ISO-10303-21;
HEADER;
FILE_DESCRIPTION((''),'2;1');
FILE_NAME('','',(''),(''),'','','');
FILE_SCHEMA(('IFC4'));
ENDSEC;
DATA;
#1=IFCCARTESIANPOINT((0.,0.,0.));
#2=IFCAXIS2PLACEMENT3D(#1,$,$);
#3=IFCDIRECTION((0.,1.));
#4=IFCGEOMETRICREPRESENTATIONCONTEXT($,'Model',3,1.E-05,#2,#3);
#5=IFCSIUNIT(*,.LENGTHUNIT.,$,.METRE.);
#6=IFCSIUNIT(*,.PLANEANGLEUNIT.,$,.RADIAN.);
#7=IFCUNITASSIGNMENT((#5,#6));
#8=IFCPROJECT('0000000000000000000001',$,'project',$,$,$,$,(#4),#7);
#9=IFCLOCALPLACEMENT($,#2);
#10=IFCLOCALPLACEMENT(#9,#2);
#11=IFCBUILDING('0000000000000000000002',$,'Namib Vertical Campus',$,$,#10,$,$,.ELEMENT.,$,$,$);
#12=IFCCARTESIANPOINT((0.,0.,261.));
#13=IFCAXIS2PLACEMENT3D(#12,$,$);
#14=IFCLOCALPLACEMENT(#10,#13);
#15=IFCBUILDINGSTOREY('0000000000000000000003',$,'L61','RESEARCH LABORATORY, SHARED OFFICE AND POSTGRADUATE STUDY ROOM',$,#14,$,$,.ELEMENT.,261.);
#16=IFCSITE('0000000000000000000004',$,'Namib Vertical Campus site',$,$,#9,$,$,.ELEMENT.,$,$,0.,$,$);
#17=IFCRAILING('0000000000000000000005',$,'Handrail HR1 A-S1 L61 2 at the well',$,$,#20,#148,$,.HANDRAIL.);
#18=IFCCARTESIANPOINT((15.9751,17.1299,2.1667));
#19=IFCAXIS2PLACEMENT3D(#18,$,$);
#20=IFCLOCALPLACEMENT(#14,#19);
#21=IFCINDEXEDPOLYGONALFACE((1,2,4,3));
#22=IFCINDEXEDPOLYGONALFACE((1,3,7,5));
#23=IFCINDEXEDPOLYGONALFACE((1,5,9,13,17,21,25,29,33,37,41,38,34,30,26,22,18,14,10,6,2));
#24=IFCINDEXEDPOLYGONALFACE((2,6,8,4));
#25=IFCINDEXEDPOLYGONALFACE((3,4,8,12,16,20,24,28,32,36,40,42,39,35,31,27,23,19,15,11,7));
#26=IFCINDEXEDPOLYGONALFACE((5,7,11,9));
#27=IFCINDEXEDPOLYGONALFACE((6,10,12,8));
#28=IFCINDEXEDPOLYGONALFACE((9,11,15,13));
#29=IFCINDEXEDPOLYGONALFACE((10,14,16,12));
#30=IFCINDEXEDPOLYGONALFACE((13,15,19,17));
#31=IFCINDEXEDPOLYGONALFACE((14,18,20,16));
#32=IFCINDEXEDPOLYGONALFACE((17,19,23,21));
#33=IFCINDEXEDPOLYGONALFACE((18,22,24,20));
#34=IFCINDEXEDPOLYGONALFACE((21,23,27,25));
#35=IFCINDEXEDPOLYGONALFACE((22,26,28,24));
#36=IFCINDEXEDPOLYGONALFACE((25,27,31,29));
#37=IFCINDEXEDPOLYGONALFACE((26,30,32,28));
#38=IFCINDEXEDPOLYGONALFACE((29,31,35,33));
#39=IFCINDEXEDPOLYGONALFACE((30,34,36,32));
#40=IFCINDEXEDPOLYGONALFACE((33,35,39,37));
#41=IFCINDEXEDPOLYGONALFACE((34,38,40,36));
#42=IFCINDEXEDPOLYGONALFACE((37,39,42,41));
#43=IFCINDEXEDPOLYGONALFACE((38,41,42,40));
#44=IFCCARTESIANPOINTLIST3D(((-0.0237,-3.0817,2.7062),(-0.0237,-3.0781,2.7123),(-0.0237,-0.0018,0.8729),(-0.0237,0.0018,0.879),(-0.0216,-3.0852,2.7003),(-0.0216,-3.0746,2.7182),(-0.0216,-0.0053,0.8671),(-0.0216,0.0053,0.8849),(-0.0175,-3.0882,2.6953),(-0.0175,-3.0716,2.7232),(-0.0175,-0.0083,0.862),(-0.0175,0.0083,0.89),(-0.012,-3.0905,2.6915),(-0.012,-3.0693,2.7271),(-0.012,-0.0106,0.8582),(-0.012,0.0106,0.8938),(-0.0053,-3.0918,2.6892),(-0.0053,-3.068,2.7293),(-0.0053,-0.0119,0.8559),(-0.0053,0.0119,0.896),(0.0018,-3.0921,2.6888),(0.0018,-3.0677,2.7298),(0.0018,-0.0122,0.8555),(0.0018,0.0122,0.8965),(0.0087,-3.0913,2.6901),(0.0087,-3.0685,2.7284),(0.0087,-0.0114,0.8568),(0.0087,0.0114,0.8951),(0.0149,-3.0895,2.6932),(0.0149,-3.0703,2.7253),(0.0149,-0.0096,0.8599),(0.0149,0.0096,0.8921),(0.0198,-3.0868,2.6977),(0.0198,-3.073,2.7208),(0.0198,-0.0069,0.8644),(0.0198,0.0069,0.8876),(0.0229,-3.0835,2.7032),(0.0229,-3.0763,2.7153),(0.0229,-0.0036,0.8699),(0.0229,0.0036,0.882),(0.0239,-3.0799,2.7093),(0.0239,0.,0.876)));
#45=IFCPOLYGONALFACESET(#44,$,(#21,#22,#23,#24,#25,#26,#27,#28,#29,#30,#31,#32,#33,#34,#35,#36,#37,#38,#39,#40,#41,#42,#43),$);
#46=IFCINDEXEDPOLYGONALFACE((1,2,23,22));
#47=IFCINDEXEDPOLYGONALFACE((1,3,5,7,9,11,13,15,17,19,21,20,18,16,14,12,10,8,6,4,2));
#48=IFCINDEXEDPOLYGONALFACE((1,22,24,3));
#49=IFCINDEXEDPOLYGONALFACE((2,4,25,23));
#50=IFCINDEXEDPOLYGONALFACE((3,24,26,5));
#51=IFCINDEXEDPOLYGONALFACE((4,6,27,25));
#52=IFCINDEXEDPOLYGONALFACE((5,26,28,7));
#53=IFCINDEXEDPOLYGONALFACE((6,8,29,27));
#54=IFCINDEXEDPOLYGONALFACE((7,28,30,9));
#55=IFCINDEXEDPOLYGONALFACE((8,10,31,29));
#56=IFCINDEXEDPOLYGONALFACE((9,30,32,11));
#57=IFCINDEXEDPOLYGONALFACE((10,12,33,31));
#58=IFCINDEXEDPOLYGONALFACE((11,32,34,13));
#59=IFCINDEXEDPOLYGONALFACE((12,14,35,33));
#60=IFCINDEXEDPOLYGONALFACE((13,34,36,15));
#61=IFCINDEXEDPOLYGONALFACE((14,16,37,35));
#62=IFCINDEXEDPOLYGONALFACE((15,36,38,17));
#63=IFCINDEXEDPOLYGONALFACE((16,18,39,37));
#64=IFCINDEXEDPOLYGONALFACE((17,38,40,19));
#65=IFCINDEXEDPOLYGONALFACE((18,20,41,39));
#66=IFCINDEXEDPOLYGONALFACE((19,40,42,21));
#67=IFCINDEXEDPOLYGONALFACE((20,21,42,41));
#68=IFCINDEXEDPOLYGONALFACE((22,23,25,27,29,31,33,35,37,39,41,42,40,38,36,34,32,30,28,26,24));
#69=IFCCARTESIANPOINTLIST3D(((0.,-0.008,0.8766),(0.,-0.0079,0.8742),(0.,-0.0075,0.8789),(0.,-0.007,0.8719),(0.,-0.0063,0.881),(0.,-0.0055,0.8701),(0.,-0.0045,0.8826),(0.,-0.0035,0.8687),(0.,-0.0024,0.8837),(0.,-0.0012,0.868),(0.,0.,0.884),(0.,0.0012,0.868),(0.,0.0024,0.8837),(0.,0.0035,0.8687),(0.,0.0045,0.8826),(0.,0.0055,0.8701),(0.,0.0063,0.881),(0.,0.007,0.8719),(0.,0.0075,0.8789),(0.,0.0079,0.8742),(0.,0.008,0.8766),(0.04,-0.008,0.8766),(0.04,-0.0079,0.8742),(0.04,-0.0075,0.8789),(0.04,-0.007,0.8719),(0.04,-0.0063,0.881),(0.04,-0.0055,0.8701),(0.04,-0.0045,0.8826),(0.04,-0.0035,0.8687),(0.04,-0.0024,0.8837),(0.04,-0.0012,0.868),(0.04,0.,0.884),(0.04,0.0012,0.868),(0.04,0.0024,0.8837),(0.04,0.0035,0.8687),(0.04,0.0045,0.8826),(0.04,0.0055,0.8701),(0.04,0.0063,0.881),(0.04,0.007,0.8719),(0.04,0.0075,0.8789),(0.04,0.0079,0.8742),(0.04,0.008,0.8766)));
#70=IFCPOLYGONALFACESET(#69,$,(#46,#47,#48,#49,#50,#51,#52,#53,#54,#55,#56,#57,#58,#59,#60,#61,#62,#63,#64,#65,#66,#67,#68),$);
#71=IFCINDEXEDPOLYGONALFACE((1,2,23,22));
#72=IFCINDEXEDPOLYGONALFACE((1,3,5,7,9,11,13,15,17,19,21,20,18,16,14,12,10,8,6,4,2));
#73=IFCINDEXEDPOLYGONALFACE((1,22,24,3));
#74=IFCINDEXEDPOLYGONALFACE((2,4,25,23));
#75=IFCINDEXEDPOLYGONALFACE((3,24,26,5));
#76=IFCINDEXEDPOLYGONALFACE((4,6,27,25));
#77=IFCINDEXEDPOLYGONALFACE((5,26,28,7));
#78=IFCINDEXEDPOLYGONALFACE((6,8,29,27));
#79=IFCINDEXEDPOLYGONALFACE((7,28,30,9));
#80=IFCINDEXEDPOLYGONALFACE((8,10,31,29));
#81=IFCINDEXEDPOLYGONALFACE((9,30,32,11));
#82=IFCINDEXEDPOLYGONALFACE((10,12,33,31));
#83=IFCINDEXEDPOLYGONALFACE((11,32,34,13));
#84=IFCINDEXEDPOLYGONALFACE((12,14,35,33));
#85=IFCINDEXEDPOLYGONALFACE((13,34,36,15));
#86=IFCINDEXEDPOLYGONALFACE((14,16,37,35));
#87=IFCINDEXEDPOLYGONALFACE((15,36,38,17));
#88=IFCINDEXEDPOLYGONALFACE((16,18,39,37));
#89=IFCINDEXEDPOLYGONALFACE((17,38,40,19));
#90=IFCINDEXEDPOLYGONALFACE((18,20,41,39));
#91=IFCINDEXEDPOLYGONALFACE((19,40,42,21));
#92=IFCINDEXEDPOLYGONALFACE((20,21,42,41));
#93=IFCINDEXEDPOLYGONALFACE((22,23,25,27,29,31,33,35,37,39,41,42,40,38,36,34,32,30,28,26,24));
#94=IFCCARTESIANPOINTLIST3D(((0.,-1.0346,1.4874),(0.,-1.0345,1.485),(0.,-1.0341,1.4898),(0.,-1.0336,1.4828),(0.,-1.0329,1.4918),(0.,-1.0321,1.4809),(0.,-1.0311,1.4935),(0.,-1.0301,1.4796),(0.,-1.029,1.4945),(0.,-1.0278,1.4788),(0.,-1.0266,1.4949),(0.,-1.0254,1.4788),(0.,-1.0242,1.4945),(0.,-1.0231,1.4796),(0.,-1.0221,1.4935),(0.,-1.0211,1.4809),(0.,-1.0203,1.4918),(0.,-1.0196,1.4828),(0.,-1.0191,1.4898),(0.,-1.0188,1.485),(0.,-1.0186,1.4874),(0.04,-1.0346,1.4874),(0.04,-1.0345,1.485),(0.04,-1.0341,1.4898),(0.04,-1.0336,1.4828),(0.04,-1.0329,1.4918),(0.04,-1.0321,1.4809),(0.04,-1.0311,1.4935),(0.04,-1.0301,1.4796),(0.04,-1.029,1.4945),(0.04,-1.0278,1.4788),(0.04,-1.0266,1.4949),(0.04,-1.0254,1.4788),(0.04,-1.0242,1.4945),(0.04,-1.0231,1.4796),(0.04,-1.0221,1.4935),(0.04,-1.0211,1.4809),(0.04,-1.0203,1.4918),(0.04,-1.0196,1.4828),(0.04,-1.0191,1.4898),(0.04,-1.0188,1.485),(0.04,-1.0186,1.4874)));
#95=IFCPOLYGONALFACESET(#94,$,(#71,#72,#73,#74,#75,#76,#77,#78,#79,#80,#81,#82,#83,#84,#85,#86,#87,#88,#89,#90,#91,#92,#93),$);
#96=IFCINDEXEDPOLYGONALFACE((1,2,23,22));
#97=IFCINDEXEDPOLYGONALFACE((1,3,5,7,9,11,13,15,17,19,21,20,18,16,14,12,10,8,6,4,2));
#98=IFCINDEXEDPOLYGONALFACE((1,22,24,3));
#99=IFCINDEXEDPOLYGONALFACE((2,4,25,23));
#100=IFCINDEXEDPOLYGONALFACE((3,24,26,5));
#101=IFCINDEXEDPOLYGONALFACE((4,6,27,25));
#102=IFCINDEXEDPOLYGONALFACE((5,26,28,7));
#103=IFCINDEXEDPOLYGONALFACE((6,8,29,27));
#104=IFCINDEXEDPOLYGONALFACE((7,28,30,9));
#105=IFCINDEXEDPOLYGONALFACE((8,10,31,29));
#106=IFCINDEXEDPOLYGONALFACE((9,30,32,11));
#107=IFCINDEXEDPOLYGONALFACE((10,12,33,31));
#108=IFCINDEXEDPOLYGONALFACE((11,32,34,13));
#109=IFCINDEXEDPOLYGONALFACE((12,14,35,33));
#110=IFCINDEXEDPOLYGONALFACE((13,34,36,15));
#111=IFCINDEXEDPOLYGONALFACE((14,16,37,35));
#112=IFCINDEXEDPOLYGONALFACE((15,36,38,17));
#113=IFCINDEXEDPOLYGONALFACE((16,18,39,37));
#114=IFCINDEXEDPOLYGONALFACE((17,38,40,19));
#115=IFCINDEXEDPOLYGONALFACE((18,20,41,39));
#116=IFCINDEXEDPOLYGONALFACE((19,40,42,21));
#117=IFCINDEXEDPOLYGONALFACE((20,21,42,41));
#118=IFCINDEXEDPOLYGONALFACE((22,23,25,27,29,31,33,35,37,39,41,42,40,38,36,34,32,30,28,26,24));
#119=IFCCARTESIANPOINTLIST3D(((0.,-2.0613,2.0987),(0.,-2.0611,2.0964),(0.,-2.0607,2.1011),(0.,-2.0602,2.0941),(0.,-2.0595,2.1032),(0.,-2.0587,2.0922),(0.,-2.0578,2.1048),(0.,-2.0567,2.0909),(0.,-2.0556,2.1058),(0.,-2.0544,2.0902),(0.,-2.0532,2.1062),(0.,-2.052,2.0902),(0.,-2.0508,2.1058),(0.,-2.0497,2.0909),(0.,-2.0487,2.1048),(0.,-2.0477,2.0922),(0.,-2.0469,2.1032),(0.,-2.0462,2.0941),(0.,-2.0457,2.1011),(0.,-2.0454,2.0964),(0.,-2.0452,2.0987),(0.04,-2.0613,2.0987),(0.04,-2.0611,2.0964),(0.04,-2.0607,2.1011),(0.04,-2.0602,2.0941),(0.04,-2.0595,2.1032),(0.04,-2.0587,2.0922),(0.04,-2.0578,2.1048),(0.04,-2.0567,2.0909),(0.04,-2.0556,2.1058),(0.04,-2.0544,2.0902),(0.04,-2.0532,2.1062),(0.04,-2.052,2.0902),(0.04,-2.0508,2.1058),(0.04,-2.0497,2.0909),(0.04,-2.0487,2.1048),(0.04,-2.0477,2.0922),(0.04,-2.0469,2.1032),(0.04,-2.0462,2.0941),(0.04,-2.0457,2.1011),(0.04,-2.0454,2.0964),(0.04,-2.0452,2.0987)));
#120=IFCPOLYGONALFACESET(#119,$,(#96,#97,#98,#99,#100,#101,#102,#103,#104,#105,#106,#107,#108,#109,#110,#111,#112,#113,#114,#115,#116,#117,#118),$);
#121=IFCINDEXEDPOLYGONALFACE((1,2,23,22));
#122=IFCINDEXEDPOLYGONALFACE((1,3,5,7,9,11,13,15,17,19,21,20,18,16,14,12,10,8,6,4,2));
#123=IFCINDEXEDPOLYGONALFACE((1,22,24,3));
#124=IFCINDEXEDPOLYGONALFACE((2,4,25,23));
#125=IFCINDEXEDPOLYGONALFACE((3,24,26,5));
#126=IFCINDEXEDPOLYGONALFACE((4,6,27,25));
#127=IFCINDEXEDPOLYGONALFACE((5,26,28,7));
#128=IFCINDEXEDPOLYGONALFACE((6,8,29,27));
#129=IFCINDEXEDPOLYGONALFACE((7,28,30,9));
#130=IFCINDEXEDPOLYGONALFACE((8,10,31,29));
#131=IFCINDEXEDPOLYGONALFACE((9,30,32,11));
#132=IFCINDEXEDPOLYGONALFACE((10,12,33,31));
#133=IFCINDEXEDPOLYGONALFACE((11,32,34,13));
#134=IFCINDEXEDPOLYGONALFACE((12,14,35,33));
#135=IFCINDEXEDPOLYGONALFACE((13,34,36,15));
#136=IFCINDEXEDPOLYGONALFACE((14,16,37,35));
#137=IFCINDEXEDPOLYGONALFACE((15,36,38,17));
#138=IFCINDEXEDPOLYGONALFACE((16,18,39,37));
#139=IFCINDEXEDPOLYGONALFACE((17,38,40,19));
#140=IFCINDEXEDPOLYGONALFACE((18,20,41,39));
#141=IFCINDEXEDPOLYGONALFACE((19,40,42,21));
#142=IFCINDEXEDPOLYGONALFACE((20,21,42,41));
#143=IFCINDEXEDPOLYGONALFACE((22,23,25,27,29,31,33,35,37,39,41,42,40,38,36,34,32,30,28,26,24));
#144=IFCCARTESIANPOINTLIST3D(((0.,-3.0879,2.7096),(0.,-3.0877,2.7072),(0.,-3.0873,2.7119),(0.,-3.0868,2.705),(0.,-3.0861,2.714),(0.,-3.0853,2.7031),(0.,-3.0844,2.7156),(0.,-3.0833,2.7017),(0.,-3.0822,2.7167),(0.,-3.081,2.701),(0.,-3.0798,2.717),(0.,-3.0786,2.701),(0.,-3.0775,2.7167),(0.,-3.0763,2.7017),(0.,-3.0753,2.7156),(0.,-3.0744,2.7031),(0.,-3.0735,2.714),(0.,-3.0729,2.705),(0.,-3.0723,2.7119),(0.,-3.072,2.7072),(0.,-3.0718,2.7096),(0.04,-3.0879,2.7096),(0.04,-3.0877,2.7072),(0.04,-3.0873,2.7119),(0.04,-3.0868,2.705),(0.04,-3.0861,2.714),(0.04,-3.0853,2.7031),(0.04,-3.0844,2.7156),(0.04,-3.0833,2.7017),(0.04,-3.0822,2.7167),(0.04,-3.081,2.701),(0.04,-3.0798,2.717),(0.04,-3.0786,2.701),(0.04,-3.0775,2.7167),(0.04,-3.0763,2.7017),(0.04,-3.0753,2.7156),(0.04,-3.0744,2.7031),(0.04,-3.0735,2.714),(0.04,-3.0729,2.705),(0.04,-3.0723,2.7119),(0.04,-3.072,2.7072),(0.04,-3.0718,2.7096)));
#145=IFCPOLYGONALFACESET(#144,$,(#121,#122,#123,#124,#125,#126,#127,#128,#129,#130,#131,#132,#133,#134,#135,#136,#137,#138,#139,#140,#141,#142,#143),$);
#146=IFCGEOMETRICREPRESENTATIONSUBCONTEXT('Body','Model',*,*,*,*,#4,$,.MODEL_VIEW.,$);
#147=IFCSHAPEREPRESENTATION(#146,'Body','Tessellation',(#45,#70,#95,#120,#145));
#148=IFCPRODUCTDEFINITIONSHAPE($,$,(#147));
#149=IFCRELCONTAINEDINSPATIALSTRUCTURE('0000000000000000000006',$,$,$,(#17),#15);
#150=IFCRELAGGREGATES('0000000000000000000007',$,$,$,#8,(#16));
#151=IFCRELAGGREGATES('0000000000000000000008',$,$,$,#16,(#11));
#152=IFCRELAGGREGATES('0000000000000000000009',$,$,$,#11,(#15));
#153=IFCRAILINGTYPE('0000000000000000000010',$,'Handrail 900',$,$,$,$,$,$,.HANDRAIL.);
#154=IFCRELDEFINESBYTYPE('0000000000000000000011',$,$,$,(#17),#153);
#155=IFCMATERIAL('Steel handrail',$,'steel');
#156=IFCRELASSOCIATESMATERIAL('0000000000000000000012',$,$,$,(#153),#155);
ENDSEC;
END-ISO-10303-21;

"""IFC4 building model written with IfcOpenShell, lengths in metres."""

from ifc_helpers import new_model, si_unit, direction, frame, origin, origin_2d, place, context, subcontext, project, spatial, circle, extrude, material, type_object, element, save


model = new_model("IFC4")

# Units and contexts
model_context = context("Model", 3, precision=1e-05, world=origin(), true_north=direction((0.0, 1.0)))
body_context = subcontext(model_context, "Body", "Model", "MODEL_VIEW")
ifc_project = project(units=[si_unit("LENGTHUNIT", "METRE"), si_unit("PLANEANGLEUNIT", "RADIAN")], contexts=[model_context])

# Site, building, storey
site_placement = place(None, origin())
site = spatial("IfcSite", under=ifc_project, at=site_placement, Name="Namib Vertical Campus site", CompositionType="ELEMENT", RefElevation=0.0)
building_placement = place(site_placement, origin())
building = spatial("IfcBuilding", under=site, at=building_placement, Name="Namib Vertical Campus", CompositionType="ELEMENT")
storey_placement = place(building_placement, frame((0.0, 0.0, 261.0)))
storey = spatial("IfcBuildingStorey", under=building, at=storey_placement, Name="L61", Description="RESEARCH LABORATORY, SHARED OFFICE AND POSTGRADUATE STUDY ROOM", CompositionType="ELEMENT", Elevation=261.0)

# Railing
ifc_material_1 = material(Name="Steel handrail", Category="steel")
railing_type_1 = type_object("IfcRailingType", Name="Handrail 900", PredefinedType="HANDRAIL", material=ifc_material_1)
railing_1_placement = place(storey_placement, frame((15.9751, 17.1299, 2.1667)))
element("IfcRailing", 1, at=railing_1_placement, inside=storey, type_object=railing_type_1, Name="Handrail HR1 A-S1 L61 2 at the well", PredefinedType="HANDRAIL", context=body_context, shape_type="SweptSolid", body=[
    extrude(circle(Radius=0.0239, at=origin_2d()), frame((0.0, 0.0, 0.876), z_axis=(0.0, -0.859291, 0.511487), x_axis=(1.0, 0.0, 0.0)), (0.0, 0.0, 1.0), 3.5842),
    extrude(circle(Radius=0.0081, at=origin_2d()), frame((0.0, 0.0, 0.876), z_axis=(1.0, 0.0, 0.0), x_axis=(0.0, 0.0, 1.0)), (0.0, 0.0, 1.0), 0.04),
    extrude(circle(Radius=0.0081, at=origin_2d()), frame((0.0, -1.0266, 1.4868), z_axis=(1.0, 0.0, 0.0), x_axis=(0.0, 0.0, 1.0)), (0.0, 0.0, 1.0), 0.04),
    extrude(circle(Radius=0.0081, at=origin_2d()), frame((0.0, -2.0532, 2.0981), z_axis=(1.0, 0.0, 0.0), x_axis=(0.0, 0.0, 1.0)), (0.0, 0.0, 1.0), 0.04),
    extrude(circle(Radius=0.0081, at=origin_2d()), frame((0.0, -3.0798, 2.709), z_axis=(1.0, 0.0, 0.0), x_axis=(0.0, 0.0, 1.0)), (0.0, 0.0, 1.0), 0.04),
])

save(model, "model.ifc")
